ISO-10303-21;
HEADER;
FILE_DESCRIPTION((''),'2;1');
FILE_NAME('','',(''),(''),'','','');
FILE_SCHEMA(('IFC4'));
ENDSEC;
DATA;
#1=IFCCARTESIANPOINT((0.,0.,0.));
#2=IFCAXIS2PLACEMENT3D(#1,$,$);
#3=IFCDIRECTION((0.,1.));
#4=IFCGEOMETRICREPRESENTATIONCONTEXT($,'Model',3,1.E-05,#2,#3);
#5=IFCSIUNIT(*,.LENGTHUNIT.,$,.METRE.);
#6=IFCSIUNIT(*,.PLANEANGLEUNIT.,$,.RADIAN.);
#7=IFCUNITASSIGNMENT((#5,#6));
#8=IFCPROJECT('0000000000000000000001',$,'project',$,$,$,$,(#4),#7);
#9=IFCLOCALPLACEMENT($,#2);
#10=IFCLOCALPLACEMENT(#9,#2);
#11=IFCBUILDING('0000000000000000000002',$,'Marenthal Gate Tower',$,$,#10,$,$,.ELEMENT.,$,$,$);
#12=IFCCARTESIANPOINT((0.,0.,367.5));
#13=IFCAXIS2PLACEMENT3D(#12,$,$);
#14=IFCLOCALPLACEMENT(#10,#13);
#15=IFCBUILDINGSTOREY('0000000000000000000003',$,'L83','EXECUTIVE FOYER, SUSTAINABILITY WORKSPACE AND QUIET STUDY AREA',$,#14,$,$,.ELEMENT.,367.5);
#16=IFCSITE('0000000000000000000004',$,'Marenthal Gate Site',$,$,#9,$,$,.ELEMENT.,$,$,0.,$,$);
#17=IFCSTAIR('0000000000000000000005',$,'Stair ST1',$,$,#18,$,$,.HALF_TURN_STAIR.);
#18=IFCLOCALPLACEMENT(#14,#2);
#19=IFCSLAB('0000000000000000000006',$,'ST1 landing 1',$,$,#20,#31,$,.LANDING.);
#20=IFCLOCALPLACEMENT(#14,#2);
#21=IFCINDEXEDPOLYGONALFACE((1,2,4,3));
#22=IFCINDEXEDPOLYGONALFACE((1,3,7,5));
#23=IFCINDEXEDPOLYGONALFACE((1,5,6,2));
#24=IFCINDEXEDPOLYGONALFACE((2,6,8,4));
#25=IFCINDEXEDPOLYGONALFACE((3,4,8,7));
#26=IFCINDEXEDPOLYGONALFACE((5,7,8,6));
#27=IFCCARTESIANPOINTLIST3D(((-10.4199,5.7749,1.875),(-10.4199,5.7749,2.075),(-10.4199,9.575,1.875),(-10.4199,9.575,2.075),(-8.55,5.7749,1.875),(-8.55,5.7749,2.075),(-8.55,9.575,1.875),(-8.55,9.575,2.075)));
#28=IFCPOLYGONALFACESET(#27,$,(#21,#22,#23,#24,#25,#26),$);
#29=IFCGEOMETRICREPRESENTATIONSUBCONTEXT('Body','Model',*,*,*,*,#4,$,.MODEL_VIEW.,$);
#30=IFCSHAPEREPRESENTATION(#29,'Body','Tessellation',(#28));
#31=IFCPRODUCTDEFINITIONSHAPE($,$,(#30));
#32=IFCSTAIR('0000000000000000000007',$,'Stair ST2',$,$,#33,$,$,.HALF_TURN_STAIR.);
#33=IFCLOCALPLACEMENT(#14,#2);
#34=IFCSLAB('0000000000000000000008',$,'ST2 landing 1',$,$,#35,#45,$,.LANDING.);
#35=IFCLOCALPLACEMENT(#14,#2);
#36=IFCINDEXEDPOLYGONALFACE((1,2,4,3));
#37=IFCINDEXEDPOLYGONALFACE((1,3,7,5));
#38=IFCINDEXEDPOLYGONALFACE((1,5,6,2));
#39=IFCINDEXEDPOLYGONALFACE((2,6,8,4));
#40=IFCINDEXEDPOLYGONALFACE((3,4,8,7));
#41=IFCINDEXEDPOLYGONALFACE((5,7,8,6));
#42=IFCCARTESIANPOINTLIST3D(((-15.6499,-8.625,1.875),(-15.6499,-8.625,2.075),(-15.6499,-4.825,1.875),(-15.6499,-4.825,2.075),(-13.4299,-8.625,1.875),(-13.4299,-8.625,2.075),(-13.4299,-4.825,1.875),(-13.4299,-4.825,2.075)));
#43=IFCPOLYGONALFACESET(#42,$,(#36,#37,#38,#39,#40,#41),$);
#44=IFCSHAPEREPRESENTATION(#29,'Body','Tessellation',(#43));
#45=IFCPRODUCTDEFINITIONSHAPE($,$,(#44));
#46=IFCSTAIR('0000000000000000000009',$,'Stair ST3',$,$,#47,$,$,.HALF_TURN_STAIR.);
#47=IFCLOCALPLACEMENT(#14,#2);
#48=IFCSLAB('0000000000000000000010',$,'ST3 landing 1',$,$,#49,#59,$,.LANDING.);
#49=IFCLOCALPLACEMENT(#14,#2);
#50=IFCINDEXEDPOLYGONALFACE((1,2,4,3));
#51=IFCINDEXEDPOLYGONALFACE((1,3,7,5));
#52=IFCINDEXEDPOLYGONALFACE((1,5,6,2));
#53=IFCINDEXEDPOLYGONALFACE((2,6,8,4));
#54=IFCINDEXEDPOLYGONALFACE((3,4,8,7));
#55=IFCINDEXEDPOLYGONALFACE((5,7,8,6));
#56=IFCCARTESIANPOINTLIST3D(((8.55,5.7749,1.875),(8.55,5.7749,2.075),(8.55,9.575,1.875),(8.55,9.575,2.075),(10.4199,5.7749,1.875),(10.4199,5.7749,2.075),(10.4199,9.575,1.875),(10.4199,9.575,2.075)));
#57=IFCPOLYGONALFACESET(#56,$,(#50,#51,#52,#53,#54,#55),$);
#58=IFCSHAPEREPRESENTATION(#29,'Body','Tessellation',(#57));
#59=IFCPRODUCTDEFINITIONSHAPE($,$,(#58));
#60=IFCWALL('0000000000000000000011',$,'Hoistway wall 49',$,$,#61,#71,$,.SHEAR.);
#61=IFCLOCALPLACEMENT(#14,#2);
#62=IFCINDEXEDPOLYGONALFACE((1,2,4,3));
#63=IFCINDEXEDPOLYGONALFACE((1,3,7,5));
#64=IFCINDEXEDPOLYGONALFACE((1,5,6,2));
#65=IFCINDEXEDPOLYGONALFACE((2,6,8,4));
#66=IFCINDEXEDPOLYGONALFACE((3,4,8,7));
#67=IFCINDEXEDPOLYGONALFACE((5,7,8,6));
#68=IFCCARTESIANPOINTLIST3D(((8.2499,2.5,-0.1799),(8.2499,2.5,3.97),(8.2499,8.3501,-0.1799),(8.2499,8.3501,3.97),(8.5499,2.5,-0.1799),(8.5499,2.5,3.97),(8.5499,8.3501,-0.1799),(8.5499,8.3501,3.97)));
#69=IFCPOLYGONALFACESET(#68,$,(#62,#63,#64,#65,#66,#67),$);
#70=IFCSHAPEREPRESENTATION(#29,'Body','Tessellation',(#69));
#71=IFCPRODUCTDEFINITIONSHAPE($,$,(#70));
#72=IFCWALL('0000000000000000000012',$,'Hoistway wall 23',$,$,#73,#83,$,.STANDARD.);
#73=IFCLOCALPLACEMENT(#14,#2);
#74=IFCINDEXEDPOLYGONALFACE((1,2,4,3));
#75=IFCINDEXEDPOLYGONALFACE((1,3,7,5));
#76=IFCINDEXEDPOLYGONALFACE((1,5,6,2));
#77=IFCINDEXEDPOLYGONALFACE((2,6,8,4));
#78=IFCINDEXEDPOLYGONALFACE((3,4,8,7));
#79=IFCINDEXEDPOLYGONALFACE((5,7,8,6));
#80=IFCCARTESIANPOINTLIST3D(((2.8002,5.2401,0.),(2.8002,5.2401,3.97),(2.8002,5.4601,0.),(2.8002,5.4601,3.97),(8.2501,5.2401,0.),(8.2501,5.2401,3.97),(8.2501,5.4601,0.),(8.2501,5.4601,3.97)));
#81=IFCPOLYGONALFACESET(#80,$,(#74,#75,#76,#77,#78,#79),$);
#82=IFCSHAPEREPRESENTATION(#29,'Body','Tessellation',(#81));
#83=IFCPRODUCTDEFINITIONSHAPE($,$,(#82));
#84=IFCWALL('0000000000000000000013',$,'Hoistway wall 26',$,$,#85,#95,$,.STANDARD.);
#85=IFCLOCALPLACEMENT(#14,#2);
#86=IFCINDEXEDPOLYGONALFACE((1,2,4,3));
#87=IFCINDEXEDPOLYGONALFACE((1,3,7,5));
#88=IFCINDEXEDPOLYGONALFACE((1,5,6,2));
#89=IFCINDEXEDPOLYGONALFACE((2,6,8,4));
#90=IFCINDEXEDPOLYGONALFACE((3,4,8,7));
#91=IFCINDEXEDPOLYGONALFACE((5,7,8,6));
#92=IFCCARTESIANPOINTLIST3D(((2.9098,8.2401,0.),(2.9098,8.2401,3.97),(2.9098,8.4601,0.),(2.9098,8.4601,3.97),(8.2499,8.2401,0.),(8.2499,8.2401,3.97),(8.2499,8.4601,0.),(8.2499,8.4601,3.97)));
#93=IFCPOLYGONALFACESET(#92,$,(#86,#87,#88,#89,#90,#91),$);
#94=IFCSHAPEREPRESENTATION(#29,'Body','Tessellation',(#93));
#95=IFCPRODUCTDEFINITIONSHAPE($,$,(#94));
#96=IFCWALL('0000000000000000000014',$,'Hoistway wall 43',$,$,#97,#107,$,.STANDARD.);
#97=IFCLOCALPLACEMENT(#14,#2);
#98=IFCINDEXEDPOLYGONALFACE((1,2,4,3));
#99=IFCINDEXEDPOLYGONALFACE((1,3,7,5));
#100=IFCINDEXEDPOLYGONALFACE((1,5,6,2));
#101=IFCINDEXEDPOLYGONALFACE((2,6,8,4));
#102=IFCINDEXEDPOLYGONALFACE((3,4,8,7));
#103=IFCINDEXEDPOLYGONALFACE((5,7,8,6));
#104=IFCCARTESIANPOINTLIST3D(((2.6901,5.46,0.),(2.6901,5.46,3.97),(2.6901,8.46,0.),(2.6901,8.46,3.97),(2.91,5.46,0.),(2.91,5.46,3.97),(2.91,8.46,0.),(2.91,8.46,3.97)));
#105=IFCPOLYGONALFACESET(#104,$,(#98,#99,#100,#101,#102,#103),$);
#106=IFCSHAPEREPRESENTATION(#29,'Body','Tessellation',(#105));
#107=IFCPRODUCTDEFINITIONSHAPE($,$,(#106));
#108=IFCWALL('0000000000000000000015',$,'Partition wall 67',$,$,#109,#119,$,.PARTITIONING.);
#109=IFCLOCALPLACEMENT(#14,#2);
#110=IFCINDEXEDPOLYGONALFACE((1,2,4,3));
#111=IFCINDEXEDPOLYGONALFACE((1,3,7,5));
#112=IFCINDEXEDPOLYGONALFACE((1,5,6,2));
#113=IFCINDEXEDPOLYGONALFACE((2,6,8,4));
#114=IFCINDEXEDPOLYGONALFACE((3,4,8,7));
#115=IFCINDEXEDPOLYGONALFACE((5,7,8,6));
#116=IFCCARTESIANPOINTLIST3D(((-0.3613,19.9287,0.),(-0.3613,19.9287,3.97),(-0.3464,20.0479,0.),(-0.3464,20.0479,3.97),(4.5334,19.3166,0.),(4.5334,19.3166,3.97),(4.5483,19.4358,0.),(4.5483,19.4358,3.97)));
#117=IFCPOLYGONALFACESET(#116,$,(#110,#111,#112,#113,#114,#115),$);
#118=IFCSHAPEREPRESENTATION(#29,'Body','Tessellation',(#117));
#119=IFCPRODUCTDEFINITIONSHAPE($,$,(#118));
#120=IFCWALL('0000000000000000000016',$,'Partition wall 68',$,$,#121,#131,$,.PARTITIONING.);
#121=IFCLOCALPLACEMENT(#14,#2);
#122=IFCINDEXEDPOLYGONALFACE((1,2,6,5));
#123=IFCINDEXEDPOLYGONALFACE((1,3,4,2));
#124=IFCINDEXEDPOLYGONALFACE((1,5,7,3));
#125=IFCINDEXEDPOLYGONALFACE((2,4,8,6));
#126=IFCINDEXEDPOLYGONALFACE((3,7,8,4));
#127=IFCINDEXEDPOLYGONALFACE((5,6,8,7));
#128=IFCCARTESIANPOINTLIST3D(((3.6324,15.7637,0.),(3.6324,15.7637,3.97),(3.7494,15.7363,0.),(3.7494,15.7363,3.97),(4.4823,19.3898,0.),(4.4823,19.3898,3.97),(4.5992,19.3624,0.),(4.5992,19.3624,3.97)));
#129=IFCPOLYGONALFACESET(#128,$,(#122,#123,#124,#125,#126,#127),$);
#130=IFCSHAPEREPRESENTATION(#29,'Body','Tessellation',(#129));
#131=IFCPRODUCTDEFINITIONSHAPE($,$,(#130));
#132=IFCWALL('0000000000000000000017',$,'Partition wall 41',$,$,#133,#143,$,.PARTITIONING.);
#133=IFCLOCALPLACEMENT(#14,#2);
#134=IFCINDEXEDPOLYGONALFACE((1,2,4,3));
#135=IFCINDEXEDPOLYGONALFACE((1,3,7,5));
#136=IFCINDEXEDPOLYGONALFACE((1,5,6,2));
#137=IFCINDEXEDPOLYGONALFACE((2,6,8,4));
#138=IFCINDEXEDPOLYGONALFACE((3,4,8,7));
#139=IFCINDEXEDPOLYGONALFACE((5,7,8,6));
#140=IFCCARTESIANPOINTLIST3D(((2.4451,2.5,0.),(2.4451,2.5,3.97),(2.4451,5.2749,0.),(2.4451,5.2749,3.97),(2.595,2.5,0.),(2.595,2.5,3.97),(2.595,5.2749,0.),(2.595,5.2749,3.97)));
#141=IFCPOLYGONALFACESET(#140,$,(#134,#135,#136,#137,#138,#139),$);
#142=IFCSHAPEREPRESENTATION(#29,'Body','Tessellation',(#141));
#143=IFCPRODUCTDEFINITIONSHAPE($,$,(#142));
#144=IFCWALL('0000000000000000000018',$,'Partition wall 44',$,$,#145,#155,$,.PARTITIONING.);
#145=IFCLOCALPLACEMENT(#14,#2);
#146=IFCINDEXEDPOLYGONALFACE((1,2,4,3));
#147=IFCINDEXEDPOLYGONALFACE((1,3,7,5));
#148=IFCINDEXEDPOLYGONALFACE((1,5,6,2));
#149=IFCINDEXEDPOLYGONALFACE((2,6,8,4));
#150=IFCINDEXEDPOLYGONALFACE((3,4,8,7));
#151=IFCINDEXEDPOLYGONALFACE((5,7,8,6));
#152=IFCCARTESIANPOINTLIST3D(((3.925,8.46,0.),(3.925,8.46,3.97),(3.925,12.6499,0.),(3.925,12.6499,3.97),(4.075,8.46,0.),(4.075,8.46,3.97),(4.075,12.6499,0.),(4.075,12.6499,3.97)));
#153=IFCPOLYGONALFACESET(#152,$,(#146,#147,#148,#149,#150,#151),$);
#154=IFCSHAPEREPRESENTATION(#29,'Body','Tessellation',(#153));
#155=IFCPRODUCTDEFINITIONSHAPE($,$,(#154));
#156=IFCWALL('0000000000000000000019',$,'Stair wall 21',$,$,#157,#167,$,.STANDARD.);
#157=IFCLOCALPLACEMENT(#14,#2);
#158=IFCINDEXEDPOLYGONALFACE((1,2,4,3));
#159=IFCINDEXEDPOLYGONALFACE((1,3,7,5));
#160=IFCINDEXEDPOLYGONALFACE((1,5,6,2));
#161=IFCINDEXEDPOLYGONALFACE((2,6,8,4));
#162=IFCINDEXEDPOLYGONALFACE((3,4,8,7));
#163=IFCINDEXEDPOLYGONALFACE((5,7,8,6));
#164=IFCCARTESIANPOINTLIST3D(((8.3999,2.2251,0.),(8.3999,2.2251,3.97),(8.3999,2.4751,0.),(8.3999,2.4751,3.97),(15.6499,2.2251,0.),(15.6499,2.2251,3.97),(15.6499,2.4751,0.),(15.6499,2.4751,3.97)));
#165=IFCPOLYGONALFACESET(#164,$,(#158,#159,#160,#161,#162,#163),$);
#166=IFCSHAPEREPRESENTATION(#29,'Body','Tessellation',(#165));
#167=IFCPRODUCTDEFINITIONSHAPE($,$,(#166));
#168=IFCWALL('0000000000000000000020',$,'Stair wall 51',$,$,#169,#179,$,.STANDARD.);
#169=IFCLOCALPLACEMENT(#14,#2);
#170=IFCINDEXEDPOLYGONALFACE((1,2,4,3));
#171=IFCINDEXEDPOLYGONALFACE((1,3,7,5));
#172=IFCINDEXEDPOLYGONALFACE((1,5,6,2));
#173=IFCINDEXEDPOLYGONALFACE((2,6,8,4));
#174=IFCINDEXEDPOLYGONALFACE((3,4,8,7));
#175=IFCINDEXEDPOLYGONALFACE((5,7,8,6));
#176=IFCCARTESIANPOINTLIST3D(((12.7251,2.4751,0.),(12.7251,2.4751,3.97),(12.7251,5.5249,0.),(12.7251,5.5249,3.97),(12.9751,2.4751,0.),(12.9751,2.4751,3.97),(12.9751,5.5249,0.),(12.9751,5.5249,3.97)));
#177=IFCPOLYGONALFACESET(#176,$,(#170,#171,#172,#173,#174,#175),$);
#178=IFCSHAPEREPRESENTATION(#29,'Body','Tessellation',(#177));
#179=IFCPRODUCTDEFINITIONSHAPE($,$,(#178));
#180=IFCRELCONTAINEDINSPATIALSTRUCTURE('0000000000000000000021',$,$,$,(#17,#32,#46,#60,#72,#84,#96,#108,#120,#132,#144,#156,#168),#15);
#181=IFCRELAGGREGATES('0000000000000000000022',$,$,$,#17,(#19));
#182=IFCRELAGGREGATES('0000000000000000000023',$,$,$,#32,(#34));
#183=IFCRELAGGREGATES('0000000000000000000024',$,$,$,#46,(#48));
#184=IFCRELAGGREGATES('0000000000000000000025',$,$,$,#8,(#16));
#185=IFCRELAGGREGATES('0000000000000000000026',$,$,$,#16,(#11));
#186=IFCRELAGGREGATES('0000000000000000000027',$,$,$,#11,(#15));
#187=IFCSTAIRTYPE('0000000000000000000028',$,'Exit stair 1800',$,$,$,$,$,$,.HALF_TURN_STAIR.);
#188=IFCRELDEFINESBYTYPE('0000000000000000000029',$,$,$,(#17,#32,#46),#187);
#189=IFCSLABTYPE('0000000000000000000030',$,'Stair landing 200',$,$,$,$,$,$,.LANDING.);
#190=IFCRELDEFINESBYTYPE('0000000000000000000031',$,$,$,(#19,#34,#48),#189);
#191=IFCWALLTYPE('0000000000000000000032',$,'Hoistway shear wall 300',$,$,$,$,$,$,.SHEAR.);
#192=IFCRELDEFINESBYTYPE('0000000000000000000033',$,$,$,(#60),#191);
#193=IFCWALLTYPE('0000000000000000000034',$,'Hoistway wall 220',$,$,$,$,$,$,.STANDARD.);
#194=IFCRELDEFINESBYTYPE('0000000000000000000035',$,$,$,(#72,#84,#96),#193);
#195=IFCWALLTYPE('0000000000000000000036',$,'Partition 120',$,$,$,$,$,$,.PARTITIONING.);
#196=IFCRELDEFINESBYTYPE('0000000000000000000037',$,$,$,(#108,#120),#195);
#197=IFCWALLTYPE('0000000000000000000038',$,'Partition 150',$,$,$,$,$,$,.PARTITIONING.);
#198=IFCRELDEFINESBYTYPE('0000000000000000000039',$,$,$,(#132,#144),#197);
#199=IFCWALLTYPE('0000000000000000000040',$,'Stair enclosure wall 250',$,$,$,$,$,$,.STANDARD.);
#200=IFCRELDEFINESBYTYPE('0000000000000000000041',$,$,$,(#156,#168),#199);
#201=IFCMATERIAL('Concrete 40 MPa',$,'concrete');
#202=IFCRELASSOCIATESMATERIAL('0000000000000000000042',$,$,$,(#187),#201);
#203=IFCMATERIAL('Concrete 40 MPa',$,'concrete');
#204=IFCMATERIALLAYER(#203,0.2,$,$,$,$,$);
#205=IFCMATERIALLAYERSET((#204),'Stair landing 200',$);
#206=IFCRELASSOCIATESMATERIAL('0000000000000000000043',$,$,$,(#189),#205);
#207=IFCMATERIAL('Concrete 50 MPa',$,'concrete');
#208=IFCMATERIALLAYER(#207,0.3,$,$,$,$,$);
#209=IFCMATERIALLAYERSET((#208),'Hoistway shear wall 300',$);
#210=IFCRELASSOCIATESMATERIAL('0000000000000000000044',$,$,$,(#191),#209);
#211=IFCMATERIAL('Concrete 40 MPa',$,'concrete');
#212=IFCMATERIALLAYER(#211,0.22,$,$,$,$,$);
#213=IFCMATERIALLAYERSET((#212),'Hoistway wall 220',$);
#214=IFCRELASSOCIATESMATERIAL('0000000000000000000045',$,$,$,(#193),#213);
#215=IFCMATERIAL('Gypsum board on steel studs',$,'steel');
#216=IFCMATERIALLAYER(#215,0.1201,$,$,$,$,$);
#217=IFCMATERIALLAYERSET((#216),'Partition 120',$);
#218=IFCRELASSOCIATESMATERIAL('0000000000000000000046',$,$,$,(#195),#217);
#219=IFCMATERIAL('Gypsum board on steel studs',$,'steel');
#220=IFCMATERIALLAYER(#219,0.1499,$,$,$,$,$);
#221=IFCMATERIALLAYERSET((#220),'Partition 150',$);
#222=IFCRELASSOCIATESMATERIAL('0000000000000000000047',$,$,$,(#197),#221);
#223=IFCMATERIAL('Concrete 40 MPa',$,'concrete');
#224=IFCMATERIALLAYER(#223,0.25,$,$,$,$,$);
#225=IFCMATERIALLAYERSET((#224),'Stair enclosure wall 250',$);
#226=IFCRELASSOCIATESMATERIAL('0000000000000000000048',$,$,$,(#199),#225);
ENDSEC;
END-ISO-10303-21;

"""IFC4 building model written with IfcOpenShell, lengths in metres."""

from ifc_helpers import new_model, si_unit, direction, frame, frame_2d, origin, place, context, subcontext, project, spatial, polyline, rectangle, outline, extrude, material, layer, layer_set, type_object, element, aggregate, save


model = new_model("IFC4")

# Units and contexts
model_context = context("Model", 3, precision=1e-05, world=origin(), true_north=direction((0.0, 1.0)))
body_context = subcontext(model_context, "Body", "Model", "MODEL_VIEW")
ifc_project = project(units=[si_unit("LENGTHUNIT", "METRE"), si_unit("PLANEANGLEUNIT", "RADIAN")], contexts=[model_context])

# Site, building, storey
site_placement = place(None, origin())
site = spatial("IfcSite", under=ifc_project, at=site_placement, Name="Marenthal Gate Site", CompositionType="ELEMENT", RefElevation=0.0)
building_placement = place(site_placement, origin())
building = spatial("IfcBuilding", under=site, at=building_placement, Name="Marenthal Gate Tower", CompositionType="ELEMENT")
storey_placement = place(building_placement, frame((0.0, 0.0, 367.5)))
storey = spatial("IfcBuildingStorey", under=building, at=storey_placement, Name="L83", Description="EXECUTIVE FOYER, SUSTAINABILITY WORKSPACE AND QUIET STUDY AREA", CompositionType="ELEMENT", Elevation=367.5)

# Stairs, slabs
ifc_material_1 = material(Name="Concrete 40 MPa", Category="concrete")
stair_type = type_object("IfcStairType", Name="Exit stair 1800", PredefinedType="HALF_TURN_STAIR", material=ifc_material_1)
stair_1_placement = place(storey_placement, origin())
stair_1 = element("IfcStair", 1, at=stair_1_placement, inside=storey, type_object=stair_type, Name="Stair ST1", PredefinedType="HALF_TURN_STAIR")
ifc_material_2 = material(Name="Concrete 40 MPa", Category="concrete")
ifc_layer_1 = layer(ifc_material_2, 0.2)
ifc_layer_set_1 = layer_set([ifc_layer_1], Name="Stair landing 200")
slab_type_1 = type_object("IfcSlabType", Name="Stair landing 200", PredefinedType="LANDING", material=ifc_layer_set_1)
slab_1_placement = place(storey_placement, frame((0.0, 0.0, 1.875)))
slab_1 = element("IfcSlab", 2, at=slab_1_placement, type_object=slab_type_1, Name="ST1 landing 1", PredefinedType="LANDING", context=body_context, shape_type="SweptSolid", body=[
    extrude(outline(polyline([(-10.4199, 5.7749), (-8.55, 5.7749), (-8.55, 9.575), (-10.4199, 9.575), (-10.4199, 5.7749)])), origin(), (0.0, 0.0, 1.0), 0.2),
])
aggregate(stair_1, [slab_1])
stair_2_placement = place(storey_placement, origin())
stair_2 = element("IfcStair", 3, at=stair_2_placement, inside=storey, type_object=stair_type, Name="Stair ST2", PredefinedType="HALF_TURN_STAIR")
slab_2_placement = place(storey_placement, frame((0.0, 0.0, 1.875)))
slab_2 = element("IfcSlab", 4, at=slab_2_placement, type_object=slab_type_1, Name="ST2 landing 1", PredefinedType="LANDING", context=body_context, shape_type="SweptSolid", body=[
    extrude(outline(polyline([(-15.6499, -8.625), (-13.4299, -8.625), (-13.4299, -4.825), (-15.6499, -4.825), (-15.6499, -8.625)])), origin(), (0.0, 0.0, 1.0), 0.2),
])
aggregate(stair_2, [slab_2])
stair_3_placement = place(storey_placement, origin())
stair_3 = element("IfcStair", 5, at=stair_3_placement, inside=storey, type_object=stair_type, Name="Stair ST3", PredefinedType="HALF_TURN_STAIR")
slab_3_placement = place(storey_placement, frame((0.0, 0.0, 1.875)))
slab_3 = element("IfcSlab", 6, at=slab_3_placement, type_object=slab_type_1, Name="ST3 landing 1", PredefinedType="LANDING", context=body_context, shape_type="SweptSolid", body=[
    extrude(outline(polyline([(8.55, 5.7749), (10.4199, 5.7749), (10.4199, 9.575), (8.55, 9.575), (8.55, 5.7749)])), origin(), (0.0, 0.0, 1.0), 0.2),
])

# Walls
ifc_material_3 = material(Name="Concrete 50 MPa", Category="concrete")
ifc_layer_2 = layer(ifc_material_3, 0.3)
ifc_layer_set_2 = layer_set([ifc_layer_2], Name="Hoistway shear wall 300")
wall_type_1 = type_object("IfcWallType", Name="Hoistway shear wall 300", PredefinedType="SHEAR", material=ifc_layer_set_2)
wall_1_placement = place(storey_placement, frame((8.3999, 2.5, -0.1799), z_axis=(0.0, 0.0, 1.0), x_axis=(0.0, 1.0, 0.0)))
element("IfcWall", 7, at=wall_1_placement, inside=storey, type_object=wall_type_1, Name="Hoistway wall 49", PredefinedType="SHEAR", context=body_context, shape_type="SweptSolid", body=[
    extrude(rectangle(XDim=5.8501, YDim=0.3, at=frame_2d((2.925, 0.0))), origin(), (0.0, 0.0, 1.0), 4.1499),
])
ifc_material_4 = material(Name="Concrete 40 MPa", Category="concrete")
ifc_layer_3 = layer(ifc_material_4, 0.22)
ifc_layer_set_3 = layer_set([ifc_layer_3], Name="Hoistway wall 220")
wall_type_2 = type_object("IfcWallType", Name="Hoistway wall 220", PredefinedType="STANDARD", material=ifc_layer_set_3)
wall_2_placement = place(storey_placement, frame((2.8, 5.3501, 0.0), z_axis=(0.0, 0.0, 1.0), x_axis=(1.0, 0.0, 0.0)))
element("IfcWall", 8, at=wall_2_placement, inside=storey, type_object=wall_type_2, Name="Hoistway wall 23", PredefinedType="STANDARD", context=body_context, shape_type="SweptSolid", body=[
    extrude(rectangle(XDim=5.45, YDim=0.22, at=frame_2d((2.7251, 0.0))), origin(), (0.0, 0.0, 1.0), 3.97),
])
wall_3_placement = place(storey_placement, frame((2.9099, 8.3501, 0.0), z_axis=(0.0, 0.0, 1.0), x_axis=(1.0, 0.0, 0.0)))
element("IfcWall", 9, at=wall_3_placement, inside=storey, type_object=wall_type_2, Name="Hoistway wall 26", PredefinedType="STANDARD", context=body_context, shape_type="SweptSolid", body=[
    extrude(rectangle(XDim=5.3401, YDim=0.22, at=frame_2d((2.6699, 0.0))), origin(), (0.0, 0.0, 1.0), 3.97),
])
wall_4_placement = place(storey_placement, frame((2.8, 5.46, 0.0), z_axis=(0.0, 0.0, 1.0), x_axis=(0.0, 1.0, 0.0)))
element("IfcWall", 10, at=wall_4_placement, inside=storey, type_object=wall_type_2, Name="Hoistway wall 43", PredefinedType="STANDARD", context=body_context, shape_type="SweptSolid", body=[
    extrude(rectangle(XDim=3.0, YDim=0.22, at=frame_2d((1.5, 0.0))), origin(), (0.0, 0.0, 1.0), 3.97),
])
ifc_material_5 = material(Name="Gypsum board on steel studs", Category="steel")
ifc_layer_4 = layer(ifc_material_5, 0.1201)
ifc_layer_set_4 = layer_set([ifc_layer_4], Name="Partition 120")
wall_type_3 = type_object("IfcWallType", Name="Partition 120", PredefinedType="PARTITIONING", material=ifc_layer_set_4)
wall_5_placement = place(storey_placement, frame((4.5408, 19.3762, 0.0), z_axis=(0.0, 0.0, 1.0), x_axis=(-0.992273, 0.124077, 0.0)))
element("IfcWall", 11, at=wall_5_placement, inside=storey, type_object=wall_type_3, Name="Partition wall 67", PredefinedType="PARTITIONING", context=body_context, shape_type="SweptSolid", body=[
    extrude(rectangle(XDim=4.9329, YDim=0.1201, at=frame_2d((2.4663, 0.0))), origin(), (0.0, 0.0, 1.0), 3.97),
])
wall_6_placement = place(storey_placement, frame((4.5408, 19.3762, 0.0), z_axis=(0.0, 0.0, 1.0), x_axis=(-0.228181, -0.973619, 0.0)))
element("IfcWall", 12, at=wall_6_placement, inside=storey, type_object=wall_type_3, Name="Partition wall 68", PredefinedType="PARTITIONING", context=body_context, shape_type="SweptSolid", body=[
    extrude(rectangle(XDim=3.7244, YDim=0.1201, at=frame_2d((1.8623, 0.0))), origin(), (0.0, 0.0, 1.0), 3.97),
])
ifc_material_6 = material(Name="Gypsum board on steel studs", Category="steel")
ifc_layer_5 = layer(ifc_material_6, 0.1499)
ifc_layer_set_5 = layer_set([ifc_layer_5], Name="Partition 150")
wall_type_4 = type_object("IfcWallType", Name="Partition 150", PredefinedType="PARTITIONING", material=ifc_layer_set_5)
wall_7_placement = place(storey_placement, frame((2.52, 2.5, 0.0), z_axis=(0.0, 0.0, 1.0), x_axis=(0.0, 1.0, 0.0)))
element("IfcWall", 13, at=wall_7_placement, inside=storey, type_object=wall_type_4, Name="Partition wall 41", PredefinedType="PARTITIONING", context=body_context, shape_type="SweptSolid", body=[
    extrude(rectangle(XDim=2.7749, YDim=0.1499, at=frame_2d((1.3875, 0.0))), origin(), (0.0, 0.0, 1.0), 3.97),
])
wall_8_placement = place(storey_placement, frame((4.0, 8.46, 0.0), z_axis=(0.0, 0.0, 1.0), x_axis=(0.0, 1.0, 0.0)))
element("IfcWall", 14, at=wall_8_placement, inside=storey, type_object=wall_type_4, Name="Partition wall 44", PredefinedType="PARTITIONING", context=body_context, shape_type="SweptSolid", body=[
    extrude(rectangle(XDim=4.1899, YDim=0.1499, at=frame_2d((2.095, 0.0))), origin(), (0.0, 0.0, 1.0), 3.97),
])
ifc_material_7 = material(Name="Concrete 40 MPa", Category="concrete")
ifc_layer_6 = layer(ifc_material_7, 0.25)
ifc_layer_set_6 = layer_set([ifc_layer_6], Name="Stair enclosure wall 250")
wall_type_5 = type_object("IfcWallType", Name="Stair enclosure wall 250", PredefinedType="STANDARD", material=ifc_layer_set_6)
wall_9_placement = place(storey_placement, frame((8.3999, 2.3501, 0.0), z_axis=(0.0, 0.0, 1.0), x_axis=(1.0, 0.0, 0.0)))
element("IfcWall", 15, at=wall_9_placement, inside=storey, type_object=wall_type_5, Name="Stair wall 21", PredefinedType="STANDARD", context=body_context, shape_type="SweptSolid", body=[
    extrude(rectangle(XDim=7.25, YDim=0.25, at=frame_2d((3.625, 0.0))), origin(), (0.0, 0.0, 1.0), 3.97),
])
wall_10_placement = place(storey_placement, frame((12.8501, 2.4751, 0.0), z_axis=(0.0, 0.0, 1.0), x_axis=(0.0, 1.0, 0.0)))
element("IfcWall", 16, at=wall_10_placement, inside=storey, type_object=wall_type_5, Name="Stair wall 51", PredefinedType="STANDARD", context=body_context, shape_type="SweptSolid", body=[
    extrude(rectangle(XDim=3.0498, YDim=0.25, at=frame_2d((1.5249, 0.0))), origin(), (0.0, 0.0, 1.0), 3.97),
])

aggregate(stair_3, [slab_3])

save(model, "model.ifc")
